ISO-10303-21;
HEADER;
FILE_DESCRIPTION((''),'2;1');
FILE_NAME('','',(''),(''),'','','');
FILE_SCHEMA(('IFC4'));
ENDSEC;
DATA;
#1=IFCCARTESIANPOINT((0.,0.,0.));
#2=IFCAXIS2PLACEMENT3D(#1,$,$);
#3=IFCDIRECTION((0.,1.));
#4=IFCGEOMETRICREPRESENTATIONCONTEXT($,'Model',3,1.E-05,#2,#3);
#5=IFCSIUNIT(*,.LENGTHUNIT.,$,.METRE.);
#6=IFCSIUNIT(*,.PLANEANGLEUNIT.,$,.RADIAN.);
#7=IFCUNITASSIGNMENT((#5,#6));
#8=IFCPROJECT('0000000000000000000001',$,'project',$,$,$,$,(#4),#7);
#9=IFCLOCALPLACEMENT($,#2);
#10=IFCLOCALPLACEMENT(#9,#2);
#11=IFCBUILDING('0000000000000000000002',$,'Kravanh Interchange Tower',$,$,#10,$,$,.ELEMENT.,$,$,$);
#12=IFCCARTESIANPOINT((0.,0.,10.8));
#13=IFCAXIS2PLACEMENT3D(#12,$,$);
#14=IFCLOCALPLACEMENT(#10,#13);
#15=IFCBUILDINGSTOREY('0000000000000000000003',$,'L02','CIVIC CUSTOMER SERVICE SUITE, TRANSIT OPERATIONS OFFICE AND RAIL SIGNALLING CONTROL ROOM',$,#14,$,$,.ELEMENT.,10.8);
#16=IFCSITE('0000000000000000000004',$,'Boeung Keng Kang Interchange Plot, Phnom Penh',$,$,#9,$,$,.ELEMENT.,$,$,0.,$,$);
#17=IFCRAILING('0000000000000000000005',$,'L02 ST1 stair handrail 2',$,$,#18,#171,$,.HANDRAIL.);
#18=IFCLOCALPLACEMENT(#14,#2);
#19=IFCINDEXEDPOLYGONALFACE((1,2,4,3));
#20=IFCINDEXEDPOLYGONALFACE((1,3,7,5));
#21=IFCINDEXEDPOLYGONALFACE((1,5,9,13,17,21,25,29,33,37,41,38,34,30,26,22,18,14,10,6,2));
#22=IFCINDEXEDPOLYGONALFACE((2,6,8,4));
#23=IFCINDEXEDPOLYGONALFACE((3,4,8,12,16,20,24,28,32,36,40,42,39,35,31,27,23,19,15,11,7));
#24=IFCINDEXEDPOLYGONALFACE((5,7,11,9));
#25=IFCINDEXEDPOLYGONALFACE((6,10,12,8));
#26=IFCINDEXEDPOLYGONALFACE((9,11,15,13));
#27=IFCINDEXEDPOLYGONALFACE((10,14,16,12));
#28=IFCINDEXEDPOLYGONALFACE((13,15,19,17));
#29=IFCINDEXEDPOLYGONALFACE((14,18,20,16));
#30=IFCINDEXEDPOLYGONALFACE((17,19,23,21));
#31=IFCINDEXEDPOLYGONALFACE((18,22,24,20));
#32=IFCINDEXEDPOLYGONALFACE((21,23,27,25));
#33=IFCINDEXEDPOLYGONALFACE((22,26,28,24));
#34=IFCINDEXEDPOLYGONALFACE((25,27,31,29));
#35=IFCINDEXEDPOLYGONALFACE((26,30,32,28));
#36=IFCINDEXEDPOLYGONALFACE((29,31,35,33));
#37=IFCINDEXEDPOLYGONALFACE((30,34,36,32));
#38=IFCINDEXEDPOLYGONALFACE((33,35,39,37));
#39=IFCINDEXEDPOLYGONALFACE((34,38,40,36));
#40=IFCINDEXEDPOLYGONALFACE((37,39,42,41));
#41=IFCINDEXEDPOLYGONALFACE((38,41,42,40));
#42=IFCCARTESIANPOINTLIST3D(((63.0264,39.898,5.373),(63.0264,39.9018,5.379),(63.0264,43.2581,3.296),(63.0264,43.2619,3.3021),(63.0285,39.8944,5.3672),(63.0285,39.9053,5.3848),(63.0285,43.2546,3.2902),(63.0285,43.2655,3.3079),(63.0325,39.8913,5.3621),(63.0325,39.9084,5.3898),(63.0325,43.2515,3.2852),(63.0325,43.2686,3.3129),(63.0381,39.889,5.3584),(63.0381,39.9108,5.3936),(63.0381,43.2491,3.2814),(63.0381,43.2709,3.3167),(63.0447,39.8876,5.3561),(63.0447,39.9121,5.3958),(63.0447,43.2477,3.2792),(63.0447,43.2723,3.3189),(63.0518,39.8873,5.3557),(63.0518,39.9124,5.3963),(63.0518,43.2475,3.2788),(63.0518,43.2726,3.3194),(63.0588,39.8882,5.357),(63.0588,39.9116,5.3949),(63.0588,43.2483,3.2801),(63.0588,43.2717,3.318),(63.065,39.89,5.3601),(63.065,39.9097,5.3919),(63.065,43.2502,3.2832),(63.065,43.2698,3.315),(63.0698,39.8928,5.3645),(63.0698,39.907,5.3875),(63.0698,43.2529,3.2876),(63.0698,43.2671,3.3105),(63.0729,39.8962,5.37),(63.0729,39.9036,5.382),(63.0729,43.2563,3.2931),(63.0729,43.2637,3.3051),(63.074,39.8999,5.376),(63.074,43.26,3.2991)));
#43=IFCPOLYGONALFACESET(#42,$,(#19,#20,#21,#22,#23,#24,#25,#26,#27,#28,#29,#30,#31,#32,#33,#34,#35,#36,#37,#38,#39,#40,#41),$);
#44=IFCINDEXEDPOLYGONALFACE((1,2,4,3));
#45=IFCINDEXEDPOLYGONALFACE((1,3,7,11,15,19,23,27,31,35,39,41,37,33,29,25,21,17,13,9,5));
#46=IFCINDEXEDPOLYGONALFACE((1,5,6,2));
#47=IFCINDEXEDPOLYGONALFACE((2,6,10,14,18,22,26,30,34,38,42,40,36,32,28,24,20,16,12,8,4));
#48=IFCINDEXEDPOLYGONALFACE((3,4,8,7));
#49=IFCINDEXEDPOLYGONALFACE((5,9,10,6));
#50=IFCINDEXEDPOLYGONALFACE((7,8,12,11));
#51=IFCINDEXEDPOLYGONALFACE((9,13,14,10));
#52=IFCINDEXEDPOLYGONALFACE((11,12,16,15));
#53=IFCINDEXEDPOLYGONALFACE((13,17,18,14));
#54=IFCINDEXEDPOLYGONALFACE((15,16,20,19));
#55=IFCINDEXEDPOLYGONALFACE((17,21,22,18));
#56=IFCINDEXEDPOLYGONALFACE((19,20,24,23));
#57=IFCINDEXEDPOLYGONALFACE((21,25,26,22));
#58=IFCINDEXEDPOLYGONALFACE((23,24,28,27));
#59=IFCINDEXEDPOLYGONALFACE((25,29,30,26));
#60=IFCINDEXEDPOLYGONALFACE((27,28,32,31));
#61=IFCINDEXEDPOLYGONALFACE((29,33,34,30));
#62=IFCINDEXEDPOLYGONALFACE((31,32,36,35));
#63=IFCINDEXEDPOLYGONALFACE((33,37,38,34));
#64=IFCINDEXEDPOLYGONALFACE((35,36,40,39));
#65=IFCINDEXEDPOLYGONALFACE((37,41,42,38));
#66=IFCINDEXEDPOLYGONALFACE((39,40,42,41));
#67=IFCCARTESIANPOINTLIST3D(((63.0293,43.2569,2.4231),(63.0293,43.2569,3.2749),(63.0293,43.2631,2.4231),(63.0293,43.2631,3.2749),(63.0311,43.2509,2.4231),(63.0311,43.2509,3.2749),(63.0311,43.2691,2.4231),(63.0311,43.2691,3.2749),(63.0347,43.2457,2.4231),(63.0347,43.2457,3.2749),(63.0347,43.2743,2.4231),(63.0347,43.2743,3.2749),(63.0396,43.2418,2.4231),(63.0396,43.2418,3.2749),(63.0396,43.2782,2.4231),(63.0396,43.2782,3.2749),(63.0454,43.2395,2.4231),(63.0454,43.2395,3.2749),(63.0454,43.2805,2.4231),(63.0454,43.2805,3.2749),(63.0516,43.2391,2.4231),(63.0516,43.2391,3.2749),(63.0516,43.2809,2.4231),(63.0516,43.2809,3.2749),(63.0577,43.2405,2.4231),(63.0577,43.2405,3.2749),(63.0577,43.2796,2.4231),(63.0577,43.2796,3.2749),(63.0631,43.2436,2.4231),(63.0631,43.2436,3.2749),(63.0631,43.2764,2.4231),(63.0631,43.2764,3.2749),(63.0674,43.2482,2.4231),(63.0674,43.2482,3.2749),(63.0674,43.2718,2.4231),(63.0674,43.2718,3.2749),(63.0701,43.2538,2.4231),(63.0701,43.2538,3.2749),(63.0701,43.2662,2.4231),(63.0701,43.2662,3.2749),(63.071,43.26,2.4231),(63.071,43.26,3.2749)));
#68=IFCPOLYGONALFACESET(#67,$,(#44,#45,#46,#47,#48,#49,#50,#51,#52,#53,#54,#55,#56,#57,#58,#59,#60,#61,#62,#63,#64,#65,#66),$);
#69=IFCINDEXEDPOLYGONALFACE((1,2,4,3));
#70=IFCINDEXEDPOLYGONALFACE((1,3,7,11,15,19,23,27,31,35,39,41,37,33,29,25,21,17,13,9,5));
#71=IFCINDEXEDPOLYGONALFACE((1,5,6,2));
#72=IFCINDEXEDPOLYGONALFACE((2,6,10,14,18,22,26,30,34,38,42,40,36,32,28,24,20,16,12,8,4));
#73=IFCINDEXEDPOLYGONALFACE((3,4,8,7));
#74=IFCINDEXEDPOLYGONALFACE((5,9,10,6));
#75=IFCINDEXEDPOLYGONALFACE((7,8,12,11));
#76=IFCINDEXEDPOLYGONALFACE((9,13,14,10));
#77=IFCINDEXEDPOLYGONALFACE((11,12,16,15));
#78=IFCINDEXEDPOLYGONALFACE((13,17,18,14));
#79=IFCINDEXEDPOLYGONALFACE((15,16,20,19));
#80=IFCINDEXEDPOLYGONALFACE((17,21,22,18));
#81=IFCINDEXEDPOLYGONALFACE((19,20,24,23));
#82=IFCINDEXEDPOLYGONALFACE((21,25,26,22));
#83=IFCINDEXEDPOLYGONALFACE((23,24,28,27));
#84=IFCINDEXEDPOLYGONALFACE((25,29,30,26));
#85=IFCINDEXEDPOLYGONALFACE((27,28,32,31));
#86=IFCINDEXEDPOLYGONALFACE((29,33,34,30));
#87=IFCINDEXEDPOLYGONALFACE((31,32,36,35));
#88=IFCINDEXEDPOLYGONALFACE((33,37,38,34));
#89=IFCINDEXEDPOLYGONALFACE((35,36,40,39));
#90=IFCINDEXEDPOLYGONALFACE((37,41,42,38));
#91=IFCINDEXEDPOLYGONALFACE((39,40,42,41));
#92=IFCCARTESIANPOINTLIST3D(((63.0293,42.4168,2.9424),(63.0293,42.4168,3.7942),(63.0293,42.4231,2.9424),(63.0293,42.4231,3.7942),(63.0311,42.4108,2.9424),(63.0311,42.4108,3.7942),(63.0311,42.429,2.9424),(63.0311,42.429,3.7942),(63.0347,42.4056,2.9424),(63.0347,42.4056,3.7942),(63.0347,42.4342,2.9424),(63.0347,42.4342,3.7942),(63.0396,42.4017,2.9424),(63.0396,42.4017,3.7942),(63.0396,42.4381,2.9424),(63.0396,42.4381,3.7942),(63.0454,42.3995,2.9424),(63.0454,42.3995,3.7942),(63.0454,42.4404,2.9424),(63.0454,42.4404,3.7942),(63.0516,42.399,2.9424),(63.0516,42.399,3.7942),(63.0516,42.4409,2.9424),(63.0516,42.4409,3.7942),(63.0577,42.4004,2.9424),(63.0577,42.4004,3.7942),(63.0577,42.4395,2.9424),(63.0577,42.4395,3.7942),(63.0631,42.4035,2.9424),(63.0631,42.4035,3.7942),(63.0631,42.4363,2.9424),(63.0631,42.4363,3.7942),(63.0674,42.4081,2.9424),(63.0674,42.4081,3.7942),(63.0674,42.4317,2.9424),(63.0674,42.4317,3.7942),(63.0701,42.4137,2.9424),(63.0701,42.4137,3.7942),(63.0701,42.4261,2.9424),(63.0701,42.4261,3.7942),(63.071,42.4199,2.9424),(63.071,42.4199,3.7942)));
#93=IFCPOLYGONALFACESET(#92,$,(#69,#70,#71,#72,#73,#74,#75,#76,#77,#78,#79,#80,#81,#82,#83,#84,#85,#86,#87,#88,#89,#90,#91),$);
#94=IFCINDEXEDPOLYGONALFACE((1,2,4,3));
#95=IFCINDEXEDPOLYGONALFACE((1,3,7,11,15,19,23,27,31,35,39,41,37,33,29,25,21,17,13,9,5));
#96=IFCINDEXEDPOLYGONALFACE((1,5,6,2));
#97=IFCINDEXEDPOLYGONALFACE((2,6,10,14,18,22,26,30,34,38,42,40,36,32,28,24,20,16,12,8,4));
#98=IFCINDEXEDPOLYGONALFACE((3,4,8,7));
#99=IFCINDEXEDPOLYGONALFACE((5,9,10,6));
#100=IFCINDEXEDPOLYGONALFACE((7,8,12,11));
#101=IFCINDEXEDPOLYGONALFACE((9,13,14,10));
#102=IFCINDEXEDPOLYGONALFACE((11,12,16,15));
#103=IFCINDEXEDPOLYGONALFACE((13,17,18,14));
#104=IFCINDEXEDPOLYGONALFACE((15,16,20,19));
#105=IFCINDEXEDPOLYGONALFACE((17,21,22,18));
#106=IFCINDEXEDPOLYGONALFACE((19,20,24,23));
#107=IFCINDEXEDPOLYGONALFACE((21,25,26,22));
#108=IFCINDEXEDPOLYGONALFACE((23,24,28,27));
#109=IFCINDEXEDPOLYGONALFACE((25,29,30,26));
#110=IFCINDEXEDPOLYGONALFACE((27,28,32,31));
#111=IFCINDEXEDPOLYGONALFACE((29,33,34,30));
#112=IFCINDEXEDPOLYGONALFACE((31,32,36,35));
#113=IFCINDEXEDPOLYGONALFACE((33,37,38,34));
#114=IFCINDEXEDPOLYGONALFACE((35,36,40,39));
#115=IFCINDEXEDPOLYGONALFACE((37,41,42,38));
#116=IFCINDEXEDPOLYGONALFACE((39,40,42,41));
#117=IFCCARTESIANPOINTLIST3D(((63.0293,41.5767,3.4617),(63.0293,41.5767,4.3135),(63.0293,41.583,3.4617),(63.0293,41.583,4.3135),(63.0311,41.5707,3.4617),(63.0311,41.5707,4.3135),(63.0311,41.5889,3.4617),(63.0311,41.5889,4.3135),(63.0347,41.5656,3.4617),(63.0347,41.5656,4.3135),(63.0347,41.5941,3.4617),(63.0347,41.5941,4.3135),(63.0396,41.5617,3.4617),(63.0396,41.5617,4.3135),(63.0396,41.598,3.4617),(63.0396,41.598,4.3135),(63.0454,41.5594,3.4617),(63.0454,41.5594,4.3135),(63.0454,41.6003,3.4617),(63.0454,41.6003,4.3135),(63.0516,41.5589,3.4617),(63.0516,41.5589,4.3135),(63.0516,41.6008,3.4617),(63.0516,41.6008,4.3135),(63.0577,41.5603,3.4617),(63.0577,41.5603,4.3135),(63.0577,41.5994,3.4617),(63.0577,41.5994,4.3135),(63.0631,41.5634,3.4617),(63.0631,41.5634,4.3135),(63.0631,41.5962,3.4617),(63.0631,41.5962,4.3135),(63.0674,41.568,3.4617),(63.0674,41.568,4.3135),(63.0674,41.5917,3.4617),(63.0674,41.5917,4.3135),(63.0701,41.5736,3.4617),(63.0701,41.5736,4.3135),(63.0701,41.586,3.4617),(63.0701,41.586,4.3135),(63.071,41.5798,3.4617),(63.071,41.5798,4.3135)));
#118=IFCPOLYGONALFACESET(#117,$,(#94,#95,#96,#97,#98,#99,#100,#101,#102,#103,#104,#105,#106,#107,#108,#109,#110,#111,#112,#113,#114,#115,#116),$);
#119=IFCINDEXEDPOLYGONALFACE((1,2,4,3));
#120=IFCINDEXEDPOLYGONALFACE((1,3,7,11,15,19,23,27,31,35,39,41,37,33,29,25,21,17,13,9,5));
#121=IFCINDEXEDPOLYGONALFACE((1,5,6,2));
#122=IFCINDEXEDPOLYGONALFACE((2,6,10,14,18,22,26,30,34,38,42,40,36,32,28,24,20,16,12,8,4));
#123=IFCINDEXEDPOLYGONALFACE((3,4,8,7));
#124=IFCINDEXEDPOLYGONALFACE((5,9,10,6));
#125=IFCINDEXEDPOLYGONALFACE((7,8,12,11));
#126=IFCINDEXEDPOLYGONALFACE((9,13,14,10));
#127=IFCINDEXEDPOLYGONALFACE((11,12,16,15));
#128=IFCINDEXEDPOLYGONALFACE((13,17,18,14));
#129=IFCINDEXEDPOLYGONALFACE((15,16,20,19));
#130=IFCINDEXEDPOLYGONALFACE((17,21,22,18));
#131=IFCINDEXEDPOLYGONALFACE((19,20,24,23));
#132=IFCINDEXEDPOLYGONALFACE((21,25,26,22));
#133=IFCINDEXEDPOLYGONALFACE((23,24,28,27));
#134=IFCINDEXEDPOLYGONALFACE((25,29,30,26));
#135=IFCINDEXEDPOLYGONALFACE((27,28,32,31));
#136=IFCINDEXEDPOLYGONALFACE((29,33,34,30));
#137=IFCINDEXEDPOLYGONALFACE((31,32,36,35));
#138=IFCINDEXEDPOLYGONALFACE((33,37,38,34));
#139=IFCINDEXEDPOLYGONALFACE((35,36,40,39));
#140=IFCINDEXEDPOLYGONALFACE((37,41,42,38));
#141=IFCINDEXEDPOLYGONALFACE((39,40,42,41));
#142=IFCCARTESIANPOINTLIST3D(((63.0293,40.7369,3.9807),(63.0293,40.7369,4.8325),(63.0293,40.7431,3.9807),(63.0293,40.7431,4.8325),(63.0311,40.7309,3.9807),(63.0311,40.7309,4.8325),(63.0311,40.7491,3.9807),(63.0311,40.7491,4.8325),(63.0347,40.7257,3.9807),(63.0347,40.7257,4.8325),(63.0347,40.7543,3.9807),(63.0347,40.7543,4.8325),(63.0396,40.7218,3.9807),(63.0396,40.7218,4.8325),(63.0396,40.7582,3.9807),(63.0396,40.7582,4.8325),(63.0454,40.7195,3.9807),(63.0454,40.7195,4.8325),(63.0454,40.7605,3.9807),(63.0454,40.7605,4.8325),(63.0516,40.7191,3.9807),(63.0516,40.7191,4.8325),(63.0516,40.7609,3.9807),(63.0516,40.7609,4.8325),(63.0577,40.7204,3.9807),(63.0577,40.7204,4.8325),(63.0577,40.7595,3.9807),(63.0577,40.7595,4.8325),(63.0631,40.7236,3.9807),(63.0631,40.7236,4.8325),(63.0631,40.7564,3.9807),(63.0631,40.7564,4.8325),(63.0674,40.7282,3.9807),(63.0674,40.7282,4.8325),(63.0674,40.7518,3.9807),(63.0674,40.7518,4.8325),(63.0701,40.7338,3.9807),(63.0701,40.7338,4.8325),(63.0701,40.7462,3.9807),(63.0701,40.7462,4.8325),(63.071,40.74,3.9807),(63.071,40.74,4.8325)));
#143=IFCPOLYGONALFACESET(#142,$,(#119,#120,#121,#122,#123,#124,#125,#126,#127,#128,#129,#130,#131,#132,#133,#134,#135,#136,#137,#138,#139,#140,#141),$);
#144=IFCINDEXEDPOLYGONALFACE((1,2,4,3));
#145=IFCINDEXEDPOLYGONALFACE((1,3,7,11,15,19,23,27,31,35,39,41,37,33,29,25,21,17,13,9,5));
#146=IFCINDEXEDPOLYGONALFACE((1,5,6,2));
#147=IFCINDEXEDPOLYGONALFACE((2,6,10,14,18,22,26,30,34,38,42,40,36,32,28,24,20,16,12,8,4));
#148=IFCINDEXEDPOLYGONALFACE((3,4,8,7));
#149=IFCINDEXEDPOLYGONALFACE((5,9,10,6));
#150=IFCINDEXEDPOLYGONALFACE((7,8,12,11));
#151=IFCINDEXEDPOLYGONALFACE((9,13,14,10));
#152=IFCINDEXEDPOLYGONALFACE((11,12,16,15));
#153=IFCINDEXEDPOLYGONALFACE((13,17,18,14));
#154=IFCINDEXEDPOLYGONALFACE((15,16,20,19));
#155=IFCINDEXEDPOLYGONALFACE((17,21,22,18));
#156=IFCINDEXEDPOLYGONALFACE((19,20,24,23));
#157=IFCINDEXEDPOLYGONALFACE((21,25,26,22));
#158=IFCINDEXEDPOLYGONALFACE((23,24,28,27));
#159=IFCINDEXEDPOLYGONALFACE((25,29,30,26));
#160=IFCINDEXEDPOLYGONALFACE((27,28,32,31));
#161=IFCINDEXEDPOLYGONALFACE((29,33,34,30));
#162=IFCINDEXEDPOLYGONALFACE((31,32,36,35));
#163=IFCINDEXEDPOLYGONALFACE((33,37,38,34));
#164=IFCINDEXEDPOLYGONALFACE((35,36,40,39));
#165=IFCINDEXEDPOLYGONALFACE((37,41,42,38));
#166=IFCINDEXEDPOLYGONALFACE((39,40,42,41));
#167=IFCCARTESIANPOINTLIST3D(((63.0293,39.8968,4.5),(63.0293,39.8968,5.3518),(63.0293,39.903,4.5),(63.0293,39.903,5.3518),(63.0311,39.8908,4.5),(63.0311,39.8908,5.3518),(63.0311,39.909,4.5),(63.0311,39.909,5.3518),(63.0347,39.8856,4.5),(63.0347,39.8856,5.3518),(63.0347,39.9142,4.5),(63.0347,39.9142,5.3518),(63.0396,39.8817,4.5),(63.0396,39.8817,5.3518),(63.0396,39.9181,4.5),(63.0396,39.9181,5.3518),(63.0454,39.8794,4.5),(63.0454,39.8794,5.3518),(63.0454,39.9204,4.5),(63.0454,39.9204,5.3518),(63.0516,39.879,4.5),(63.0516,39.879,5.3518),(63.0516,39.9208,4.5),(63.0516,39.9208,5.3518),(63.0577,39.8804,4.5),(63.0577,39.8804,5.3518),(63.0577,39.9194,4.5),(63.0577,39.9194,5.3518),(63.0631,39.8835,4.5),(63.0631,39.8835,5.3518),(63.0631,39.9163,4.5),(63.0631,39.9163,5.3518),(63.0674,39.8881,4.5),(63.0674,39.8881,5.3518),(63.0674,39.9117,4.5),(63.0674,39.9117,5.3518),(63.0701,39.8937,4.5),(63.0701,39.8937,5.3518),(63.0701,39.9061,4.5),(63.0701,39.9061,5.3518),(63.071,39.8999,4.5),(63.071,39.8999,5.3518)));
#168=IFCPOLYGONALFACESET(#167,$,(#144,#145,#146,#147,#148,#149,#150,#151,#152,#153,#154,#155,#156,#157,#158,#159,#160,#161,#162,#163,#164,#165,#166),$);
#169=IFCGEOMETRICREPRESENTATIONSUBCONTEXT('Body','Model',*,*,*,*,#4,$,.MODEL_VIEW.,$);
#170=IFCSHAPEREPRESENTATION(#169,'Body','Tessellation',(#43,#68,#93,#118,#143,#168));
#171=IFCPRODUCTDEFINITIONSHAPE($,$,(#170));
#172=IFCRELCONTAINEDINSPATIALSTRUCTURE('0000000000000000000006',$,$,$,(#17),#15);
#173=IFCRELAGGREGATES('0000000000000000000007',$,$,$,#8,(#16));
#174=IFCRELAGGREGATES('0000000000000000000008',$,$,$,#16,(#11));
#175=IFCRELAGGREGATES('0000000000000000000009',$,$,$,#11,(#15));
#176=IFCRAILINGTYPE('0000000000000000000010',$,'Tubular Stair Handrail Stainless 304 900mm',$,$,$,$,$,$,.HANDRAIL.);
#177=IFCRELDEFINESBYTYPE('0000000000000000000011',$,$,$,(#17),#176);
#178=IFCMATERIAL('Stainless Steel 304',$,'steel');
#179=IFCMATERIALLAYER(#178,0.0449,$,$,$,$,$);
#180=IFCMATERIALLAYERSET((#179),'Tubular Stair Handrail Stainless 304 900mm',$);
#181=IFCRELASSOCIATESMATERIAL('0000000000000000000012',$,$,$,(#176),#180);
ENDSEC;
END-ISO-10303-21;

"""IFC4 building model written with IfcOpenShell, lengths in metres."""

from ifc_helpers import new_model, si_unit, direction, frame, origin, origin_2d, place, context, subcontext, project, spatial, circle, extrude, material, layer, layer_set, type_object, element, save


model = new_model("IFC4")

# Units and contexts
model_context = context("Model", 3, precision=1e-05, world=origin(), true_north=direction((0.0, 1.0)))
body_context = subcontext(model_context, "Body", "Model", "MODEL_VIEW")
ifc_project = project(units=[si_unit("LENGTHUNIT", "METRE"), si_unit("PLANEANGLEUNIT", "RADIAN")], contexts=[model_context])

# Site, building, storey
site_placement = place(None, origin())
site = spatial("IfcSite", under=ifc_project, at=site_placement, Name="Boeung Keng Kang Interchange Plot, Phnom Penh", CompositionType="ELEMENT", RefElevation=0.0)
building_placement = place(site_placement, origin())
building = spatial("IfcBuilding", under=site, at=building_placement, Name="Kravanh Interchange Tower", CompositionType="ELEMENT")
storey_placement = place(building_placement, frame((0.0, 0.0, 10.8)))
storey = spatial("IfcBuildingStorey", under=building, at=storey_placement, Name="L02", Description="CIVIC CUSTOMER SERVICE SUITE, TRANSIT OPERATIONS OFFICE AND RAIL SIGNALLING CONTROL ROOM", CompositionType="ELEMENT", Elevation=10.8)

# Railing
ifc_material_1 = material(Name="Stainless Steel 304", Category="steel")
ifc_layer_1 = layer(ifc_material_1, 0.0449)
ifc_layer_set_1 = layer_set([ifc_layer_1], Name="Tubular Stair Handrail Stainless 304 900mm")
railing_type_1 = type_object("IfcRailingType", Name="Tubular Stair Handrail Stainless 304 900mm", PredefinedType="HANDRAIL", material=ifc_layer_set_1)
railing_1_placement = place(storey_placement, frame((63.05, 43.26, 2.4231)))
element("IfcRailing", 1, at=railing_1_placement, inside=storey, type_object=railing_type_1, Name="L02 ST1 stair handrail 2", PredefinedType="HANDRAIL", context=body_context, shape_type="SweptSolid", body=[
    extrude(circle(Radius=0.0239, at=origin_2d()), frame((0.0, 0.0, 0.876), z_axis=(0.0, -0.850623, 0.525776), x_axis=(1.0, 0.0, 0.0)), (0.0, 0.0, 1.0), 3.9502),
    extrude(circle(Radius=0.021, at=origin_2d()), origin(), (0.0, 0.0, 1.0), 0.8518),
    extrude(circle(Radius=0.021, at=origin_2d()), frame((0.0, -0.8401, 0.5193)), (0.0, 0.0, 1.0), 0.8518),
    extrude(circle(Radius=0.021, at=origin_2d()), frame((0.0, -1.6802, 1.0386)), (0.0, 0.0, 1.0), 0.8518),
    extrude(circle(Radius=0.021, at=origin_2d()), frame((0.0, -2.52, 1.5576)), (0.0, 0.0, 1.0), 0.8518),
    extrude(circle(Radius=0.021, at=origin_2d()), frame((0.0, -3.3601, 2.0769)), (0.0, 0.0, 1.0), 0.8518),
])

save(model, "model.ifc")
